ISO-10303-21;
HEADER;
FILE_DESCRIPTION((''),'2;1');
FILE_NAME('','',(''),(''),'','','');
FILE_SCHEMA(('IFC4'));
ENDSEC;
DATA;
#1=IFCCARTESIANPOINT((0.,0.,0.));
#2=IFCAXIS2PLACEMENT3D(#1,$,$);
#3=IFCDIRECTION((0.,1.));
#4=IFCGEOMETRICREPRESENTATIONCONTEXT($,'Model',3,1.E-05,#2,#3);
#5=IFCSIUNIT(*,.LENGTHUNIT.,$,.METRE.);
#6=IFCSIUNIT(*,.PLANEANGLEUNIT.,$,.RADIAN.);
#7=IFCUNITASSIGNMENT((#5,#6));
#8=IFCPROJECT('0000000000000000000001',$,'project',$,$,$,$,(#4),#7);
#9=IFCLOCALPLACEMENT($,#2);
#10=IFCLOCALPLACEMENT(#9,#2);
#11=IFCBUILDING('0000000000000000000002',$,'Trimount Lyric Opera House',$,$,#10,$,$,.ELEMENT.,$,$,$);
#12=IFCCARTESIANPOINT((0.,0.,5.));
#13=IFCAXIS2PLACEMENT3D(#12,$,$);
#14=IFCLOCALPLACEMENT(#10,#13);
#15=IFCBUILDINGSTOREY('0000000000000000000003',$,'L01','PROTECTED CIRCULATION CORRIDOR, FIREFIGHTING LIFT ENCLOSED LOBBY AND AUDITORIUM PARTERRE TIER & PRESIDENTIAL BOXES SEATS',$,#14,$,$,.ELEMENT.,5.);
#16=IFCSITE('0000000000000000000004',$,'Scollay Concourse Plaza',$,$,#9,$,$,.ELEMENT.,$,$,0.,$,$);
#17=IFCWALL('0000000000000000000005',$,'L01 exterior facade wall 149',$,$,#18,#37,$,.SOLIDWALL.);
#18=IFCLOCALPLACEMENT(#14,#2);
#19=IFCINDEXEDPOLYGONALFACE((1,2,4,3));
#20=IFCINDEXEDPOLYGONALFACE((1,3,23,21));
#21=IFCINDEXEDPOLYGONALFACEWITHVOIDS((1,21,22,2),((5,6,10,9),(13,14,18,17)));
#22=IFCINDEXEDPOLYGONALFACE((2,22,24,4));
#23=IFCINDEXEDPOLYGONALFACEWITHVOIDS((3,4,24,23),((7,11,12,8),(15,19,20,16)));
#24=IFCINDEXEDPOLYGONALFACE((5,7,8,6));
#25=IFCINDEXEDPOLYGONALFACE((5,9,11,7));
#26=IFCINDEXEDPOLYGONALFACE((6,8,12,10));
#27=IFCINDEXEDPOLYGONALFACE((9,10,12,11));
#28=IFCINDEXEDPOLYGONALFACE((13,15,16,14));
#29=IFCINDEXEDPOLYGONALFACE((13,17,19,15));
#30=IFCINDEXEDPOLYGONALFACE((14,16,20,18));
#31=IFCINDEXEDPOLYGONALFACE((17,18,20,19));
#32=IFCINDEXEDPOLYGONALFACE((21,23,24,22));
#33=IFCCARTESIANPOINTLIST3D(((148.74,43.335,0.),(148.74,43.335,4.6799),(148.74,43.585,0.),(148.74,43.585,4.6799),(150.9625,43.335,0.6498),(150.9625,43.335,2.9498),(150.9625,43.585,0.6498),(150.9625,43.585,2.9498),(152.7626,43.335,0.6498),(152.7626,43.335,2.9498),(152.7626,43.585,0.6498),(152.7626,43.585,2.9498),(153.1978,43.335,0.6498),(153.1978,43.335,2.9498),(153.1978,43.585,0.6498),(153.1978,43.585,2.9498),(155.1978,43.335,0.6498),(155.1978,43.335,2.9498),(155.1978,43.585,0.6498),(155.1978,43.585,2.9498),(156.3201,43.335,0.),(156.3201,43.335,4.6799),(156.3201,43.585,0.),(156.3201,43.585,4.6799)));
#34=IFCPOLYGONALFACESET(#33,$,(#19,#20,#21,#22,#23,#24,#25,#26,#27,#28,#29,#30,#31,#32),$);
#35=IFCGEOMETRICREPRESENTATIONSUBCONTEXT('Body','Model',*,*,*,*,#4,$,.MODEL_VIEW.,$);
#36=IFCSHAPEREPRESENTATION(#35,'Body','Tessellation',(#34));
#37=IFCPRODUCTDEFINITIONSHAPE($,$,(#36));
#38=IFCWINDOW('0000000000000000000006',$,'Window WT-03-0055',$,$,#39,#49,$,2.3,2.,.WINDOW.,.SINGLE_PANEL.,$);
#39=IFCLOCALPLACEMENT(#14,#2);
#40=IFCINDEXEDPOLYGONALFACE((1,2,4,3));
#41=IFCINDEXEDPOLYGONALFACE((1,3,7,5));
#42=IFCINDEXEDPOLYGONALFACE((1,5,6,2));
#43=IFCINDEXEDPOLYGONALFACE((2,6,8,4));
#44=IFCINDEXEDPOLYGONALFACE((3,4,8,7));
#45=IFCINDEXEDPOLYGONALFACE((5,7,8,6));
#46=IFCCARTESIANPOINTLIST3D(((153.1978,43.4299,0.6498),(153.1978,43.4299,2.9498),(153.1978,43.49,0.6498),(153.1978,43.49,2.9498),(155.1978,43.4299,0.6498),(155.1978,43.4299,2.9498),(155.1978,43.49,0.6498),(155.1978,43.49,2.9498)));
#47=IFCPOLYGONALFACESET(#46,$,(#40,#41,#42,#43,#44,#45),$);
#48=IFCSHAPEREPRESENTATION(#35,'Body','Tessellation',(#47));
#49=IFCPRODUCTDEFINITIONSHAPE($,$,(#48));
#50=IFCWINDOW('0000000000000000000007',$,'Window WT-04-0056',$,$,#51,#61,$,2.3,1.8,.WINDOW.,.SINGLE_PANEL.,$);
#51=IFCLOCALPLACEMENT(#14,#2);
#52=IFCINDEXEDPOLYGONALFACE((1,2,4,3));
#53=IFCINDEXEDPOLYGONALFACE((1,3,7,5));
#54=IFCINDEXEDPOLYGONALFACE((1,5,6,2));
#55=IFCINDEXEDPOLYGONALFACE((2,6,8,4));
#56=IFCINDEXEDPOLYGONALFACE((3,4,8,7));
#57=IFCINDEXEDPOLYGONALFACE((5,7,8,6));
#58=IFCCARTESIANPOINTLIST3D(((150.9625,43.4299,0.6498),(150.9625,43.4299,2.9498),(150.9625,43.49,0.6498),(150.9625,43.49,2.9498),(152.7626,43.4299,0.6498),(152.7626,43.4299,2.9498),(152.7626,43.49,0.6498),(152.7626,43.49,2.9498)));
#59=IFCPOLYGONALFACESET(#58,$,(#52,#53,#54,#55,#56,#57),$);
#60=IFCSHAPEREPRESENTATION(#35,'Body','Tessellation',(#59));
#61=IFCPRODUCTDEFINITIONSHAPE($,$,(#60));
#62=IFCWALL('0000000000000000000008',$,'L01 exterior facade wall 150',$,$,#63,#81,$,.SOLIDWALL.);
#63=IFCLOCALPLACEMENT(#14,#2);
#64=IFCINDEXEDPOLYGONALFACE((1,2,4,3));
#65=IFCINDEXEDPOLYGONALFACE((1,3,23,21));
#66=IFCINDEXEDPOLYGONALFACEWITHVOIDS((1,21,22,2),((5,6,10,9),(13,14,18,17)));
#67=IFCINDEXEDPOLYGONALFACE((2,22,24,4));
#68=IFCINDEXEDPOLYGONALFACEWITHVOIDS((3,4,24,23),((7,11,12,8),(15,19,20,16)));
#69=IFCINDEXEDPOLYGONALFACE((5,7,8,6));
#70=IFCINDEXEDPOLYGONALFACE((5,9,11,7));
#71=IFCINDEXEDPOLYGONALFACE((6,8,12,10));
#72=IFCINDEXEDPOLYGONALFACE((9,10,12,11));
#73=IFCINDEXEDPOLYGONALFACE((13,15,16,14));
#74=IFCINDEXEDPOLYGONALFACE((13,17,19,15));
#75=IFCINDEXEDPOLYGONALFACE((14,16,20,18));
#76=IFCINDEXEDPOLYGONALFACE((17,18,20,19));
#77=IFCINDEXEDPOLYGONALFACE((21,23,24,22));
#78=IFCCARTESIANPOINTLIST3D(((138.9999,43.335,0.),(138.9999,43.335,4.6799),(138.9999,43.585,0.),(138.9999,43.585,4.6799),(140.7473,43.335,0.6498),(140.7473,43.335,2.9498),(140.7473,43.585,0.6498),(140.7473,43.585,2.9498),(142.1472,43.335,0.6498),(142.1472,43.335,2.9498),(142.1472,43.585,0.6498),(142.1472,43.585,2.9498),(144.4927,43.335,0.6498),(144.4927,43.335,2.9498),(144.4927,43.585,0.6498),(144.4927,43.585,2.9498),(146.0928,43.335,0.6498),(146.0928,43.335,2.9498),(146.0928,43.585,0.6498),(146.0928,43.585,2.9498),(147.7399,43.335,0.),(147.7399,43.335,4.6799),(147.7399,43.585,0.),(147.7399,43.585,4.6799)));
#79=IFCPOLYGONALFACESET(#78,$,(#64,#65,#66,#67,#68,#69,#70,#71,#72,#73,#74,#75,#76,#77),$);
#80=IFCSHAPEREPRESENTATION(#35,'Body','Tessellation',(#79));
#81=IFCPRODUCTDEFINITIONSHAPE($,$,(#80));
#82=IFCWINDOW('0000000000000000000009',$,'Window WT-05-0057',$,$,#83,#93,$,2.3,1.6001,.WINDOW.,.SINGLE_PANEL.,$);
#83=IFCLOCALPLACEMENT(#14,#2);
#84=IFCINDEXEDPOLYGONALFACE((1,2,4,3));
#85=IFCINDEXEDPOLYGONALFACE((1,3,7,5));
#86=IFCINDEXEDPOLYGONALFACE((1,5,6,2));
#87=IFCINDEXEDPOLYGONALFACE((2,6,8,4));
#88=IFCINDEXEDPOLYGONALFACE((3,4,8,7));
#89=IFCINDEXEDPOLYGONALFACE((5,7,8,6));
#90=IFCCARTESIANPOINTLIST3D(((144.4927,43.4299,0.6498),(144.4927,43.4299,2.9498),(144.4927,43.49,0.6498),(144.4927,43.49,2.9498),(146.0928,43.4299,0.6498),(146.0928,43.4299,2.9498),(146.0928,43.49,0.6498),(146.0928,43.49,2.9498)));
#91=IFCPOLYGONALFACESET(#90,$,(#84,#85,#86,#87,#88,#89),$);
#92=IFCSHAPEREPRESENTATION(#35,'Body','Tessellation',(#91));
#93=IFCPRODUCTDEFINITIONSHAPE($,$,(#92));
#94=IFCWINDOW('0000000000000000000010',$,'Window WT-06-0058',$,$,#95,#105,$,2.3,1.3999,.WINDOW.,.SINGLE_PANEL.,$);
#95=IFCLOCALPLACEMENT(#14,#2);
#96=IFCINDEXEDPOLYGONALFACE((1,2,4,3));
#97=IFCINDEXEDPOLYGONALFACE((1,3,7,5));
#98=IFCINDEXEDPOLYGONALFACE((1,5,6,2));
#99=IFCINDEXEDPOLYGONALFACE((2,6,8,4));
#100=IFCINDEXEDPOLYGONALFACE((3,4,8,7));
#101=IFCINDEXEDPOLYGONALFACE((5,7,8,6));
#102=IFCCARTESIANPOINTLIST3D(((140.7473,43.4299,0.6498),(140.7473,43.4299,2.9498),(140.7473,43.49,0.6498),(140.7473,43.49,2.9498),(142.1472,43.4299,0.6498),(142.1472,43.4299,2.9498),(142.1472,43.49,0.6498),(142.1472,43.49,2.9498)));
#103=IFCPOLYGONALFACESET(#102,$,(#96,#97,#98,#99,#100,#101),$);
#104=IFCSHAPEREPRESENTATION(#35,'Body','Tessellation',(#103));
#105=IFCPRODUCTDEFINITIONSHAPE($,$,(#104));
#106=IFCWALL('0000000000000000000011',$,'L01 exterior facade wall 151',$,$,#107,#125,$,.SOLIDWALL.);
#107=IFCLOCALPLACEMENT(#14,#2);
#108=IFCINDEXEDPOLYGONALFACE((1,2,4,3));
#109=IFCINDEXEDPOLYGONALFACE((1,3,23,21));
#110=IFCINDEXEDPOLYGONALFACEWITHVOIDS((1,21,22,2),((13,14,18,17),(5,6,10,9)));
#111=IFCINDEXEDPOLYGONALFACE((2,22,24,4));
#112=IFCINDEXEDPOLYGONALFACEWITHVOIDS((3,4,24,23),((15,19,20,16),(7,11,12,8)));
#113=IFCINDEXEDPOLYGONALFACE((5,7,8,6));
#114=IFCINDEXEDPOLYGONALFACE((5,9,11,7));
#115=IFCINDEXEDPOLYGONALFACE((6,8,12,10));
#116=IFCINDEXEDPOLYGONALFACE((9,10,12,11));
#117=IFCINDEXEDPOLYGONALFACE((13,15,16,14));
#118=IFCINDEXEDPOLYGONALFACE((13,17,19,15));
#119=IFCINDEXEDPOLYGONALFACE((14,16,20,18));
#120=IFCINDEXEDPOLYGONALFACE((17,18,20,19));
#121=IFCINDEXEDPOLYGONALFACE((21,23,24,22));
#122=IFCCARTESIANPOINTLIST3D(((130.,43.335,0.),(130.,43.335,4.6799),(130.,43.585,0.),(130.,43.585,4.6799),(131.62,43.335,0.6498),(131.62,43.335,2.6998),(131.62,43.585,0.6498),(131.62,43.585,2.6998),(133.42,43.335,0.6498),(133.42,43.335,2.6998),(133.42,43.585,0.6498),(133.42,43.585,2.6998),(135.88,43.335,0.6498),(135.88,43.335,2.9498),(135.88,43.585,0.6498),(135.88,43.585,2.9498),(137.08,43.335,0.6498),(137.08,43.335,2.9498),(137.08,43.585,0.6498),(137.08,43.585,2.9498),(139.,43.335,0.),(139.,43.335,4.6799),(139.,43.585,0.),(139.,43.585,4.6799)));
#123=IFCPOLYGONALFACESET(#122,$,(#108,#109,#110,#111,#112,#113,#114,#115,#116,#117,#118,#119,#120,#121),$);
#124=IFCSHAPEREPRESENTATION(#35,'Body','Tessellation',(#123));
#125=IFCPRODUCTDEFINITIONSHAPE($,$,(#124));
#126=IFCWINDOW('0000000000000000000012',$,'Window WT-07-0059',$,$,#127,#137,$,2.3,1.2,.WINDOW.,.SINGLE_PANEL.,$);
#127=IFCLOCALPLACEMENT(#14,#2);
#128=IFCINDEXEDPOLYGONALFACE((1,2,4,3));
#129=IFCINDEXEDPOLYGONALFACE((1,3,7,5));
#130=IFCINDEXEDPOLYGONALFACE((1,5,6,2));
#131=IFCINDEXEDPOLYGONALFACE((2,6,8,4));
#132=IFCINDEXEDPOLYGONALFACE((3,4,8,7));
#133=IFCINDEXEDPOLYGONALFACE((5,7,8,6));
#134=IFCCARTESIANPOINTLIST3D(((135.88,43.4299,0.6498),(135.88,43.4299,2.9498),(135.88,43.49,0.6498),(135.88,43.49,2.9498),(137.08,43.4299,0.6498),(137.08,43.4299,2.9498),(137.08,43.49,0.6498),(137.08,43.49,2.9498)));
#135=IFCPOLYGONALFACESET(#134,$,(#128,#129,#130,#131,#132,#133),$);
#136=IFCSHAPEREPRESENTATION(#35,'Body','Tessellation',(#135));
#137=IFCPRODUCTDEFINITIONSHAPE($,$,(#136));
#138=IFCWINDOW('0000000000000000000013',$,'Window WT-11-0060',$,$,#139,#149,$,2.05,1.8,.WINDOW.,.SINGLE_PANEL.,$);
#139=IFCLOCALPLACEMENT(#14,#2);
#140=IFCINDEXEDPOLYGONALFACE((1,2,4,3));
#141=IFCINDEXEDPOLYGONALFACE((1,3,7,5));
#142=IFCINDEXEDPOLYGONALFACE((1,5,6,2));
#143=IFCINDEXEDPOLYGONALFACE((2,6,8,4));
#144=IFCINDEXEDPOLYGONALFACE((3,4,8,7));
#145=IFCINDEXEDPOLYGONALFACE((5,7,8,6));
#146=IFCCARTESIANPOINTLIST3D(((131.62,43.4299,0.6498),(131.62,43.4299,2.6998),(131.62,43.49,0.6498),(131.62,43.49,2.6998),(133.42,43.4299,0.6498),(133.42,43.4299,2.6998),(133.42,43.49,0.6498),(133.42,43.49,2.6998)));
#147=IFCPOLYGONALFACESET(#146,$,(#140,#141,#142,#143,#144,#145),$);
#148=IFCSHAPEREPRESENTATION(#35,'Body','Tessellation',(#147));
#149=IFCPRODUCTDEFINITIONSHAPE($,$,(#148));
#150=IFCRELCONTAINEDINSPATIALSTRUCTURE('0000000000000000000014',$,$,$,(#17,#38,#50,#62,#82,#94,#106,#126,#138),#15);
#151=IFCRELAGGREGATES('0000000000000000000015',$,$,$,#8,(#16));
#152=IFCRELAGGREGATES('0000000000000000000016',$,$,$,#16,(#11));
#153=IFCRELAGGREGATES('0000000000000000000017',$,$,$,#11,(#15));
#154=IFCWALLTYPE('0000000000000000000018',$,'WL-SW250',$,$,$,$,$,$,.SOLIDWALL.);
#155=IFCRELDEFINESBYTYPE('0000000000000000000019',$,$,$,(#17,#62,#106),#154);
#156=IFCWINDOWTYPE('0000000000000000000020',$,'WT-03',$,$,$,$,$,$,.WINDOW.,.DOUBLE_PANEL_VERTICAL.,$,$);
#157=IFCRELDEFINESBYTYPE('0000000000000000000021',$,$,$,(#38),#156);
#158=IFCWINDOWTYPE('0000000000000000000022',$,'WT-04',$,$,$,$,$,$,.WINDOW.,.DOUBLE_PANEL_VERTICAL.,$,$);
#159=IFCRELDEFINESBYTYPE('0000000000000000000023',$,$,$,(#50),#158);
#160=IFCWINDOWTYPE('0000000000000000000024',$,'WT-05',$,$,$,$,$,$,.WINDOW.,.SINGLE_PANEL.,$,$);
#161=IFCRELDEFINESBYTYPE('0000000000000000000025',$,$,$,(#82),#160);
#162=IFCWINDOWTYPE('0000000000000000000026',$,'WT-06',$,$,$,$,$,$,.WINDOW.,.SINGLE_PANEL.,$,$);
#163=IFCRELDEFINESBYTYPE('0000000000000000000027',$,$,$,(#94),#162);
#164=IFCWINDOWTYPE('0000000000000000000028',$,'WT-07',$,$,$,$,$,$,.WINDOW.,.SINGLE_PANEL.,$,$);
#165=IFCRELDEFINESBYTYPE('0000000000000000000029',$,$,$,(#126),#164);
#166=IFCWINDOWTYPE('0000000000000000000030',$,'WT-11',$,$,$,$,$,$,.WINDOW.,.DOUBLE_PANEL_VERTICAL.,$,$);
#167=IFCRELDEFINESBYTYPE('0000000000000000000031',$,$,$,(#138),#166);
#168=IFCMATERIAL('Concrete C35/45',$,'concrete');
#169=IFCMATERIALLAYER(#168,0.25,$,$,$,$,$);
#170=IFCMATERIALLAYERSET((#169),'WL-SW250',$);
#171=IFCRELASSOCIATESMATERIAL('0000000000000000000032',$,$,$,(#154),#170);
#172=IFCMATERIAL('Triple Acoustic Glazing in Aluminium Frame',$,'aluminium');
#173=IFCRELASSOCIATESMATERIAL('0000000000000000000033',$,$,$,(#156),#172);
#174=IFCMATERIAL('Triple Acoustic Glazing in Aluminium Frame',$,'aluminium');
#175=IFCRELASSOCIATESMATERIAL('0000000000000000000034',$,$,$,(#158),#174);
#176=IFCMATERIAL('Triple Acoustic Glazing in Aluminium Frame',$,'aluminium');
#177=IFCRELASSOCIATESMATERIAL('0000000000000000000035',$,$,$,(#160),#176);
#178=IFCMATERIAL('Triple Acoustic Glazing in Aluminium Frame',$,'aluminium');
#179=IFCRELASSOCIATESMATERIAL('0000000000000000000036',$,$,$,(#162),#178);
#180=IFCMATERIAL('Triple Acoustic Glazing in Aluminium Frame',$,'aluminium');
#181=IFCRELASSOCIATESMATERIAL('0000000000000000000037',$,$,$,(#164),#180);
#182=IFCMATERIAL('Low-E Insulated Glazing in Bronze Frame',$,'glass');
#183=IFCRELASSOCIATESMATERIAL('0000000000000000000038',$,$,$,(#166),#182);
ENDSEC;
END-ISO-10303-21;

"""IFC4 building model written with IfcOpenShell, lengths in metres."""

from ifc_helpers import new_model, si_unit, direction, frame, frame_2d, origin, place, context, subcontext, project, spatial, rectangle, extrude, material, layer, layer_set, type_object, element, fill, save


model = new_model("IFC4")

# Units and contexts
model_context = context("Model", 3, precision=1e-05, world=origin(), true_north=direction((0.0, 1.0)))
body_context = subcontext(model_context, "Body", "Model", "MODEL_VIEW")
ifc_project = project(units=[si_unit("LENGTHUNIT", "METRE"), si_unit("PLANEANGLEUNIT", "RADIAN")], contexts=[model_context])

# Site, building, storey
site_placement = place(None, origin())
site = spatial("IfcSite", under=ifc_project, at=site_placement, Name="Scollay Concourse Plaza", CompositionType="ELEMENT", RefElevation=0.0)
building_placement = place(site_placement, origin())
building = spatial("IfcBuilding", under=site, at=building_placement, Name="Trimount Lyric Opera House", CompositionType="ELEMENT")
storey_placement = place(building_placement, frame((0.0, 0.0, 5.0)))
storey = spatial("IfcBuildingStorey", under=building, at=storey_placement, Name="L01", Description="PROTECTED CIRCULATION CORRIDOR, FIREFIGHTING LIFT ENCLOSED LOBBY AND AUDITORIUM PARTERRE TIER & PRESIDENTIAL BOXES SEATS", CompositionType="ELEMENT", Elevation=5.0)

# Walls, openings, windows
ifc_material_1 = material(Name="Concrete C35/45", Category="concrete")
ifc_layer_1 = layer(ifc_material_1, 0.25)
ifc_layer_set_1 = layer_set([ifc_layer_1], Name="WL-SW250")
wall_type = type_object("IfcWallType", Name="WL-SW250", PredefinedType="SOLIDWALL", material=ifc_layer_set_1)
wall_1_placement = place(storey_placement, frame((156.3201, 43.46, 0.0), z_axis=(0.0, 0.0, 1.0), x_axis=(-1.0, 0.0, 0.0)))
wall_1 = element("IfcWall", 1, at=wall_1_placement, inside=storey, type_object=wall_type, Name="L01 exterior facade wall 149", PredefinedType="SOLIDWALL", context=body_context, shape_type="SweptSolid", body=[
    extrude(rectangle(XDim=7.5801, YDim=0.25, at=frame_2d((3.79, 0.0))), origin(), (0.0, 0.0, 1.0), 4.6799),
])
opening_1_placement = place(wall_1_placement, frame((1.1223, 0.0, 0.6499)))
opening_1 = element("IfcOpeningElement", 2, at=opening_1_placement, cuts=wall_1, PredefinedType="OPENING", context=body_context, shape_type="SweptSolid", body=[
    extrude(rectangle(XDim=2.0, YDim=2.3, at=frame_2d((1.0, 1.1499))), frame((0.0, 0.135, 0.0), z_axis=(0.0, -1.0, 0.0), x_axis=(1.0, 0.0, 0.0)), (0.0, 0.0, 1.0), 0.27),
])
opening_2_placement = place(wall_1_placement, frame((3.5576, 0.0, 0.6499)))
opening_2 = element("IfcOpeningElement", 3, at=opening_2_placement, cuts=wall_1, PredefinedType="OPENING", context=body_context, shape_type="SweptSolid", body=[
    extrude(rectangle(XDim=1.8, YDim=2.3, at=frame_2d((0.8999, 1.1499))), frame((0.0, 0.135, 0.0), z_axis=(0.0, -1.0, 0.0), x_axis=(1.0, 0.0, 0.0)), (0.0, 0.0, 1.0), 0.27),
])
ifc_material_2 = material(Name="Triple Acoustic Glazing in Aluminium Frame", Category="aluminium")
window_type_1 = type_object("IfcWindowType", Name="WT-03", PartitioningType="DOUBLE_PANEL_VERTICAL", PredefinedType="WINDOW", material=ifc_material_2)
window_1_placement = place(opening_1_placement, origin())
window_1 = element("IfcWindow", 4, at=window_1_placement, inside=storey, type_object=window_type_1, Name="Window WT-03-0055", OverallHeight=2.3, OverallWidth=2.0, PartitioningType="SINGLE_PANEL", PredefinedType="WINDOW", context=body_context, shape_type="SweptSolid", body=[
    extrude(rectangle(XDim=2.0, YDim=2.3, at=frame_2d((1.0, 1.1499))), frame((0.0, 0.03, 0.0), z_axis=(0.0, -1.0, 0.0), x_axis=(1.0, 0.0, 0.0)), (0.0, 0.0, 1.0), 0.0601),
])
fill(opening_1, window_1)
ifc_material_3 = material(Name="Triple Acoustic Glazing in Aluminium Frame", Category="aluminium")
window_type_2 = type_object("IfcWindowType", Name="WT-04", PartitioningType="DOUBLE_PANEL_VERTICAL", PredefinedType="WINDOW", material=ifc_material_3)
window_2_placement = place(opening_2_placement, origin())
window_2 = element("IfcWindow", 5, at=window_2_placement, inside=storey, type_object=window_type_2, Name="Window WT-04-0056", OverallHeight=2.3, OverallWidth=1.8, PartitioningType="SINGLE_PANEL", PredefinedType="WINDOW", context=body_context, shape_type="SweptSolid", body=[
    extrude(rectangle(XDim=1.8, YDim=2.3, at=frame_2d((0.8999, 1.1499))), frame((0.0, 0.03, 0.0), z_axis=(0.0, -1.0, 0.0), x_axis=(1.0, 0.0, 0.0)), (0.0, 0.0, 1.0), 0.0601),
])
fill(opening_2, window_2)
wall_2_placement = place(storey_placement, frame((147.74, 43.46, 0.0), z_axis=(0.0, 0.0, 1.0), x_axis=(-1.0, 0.0, 0.0)))
wall_2 = element("IfcWall", 6, at=wall_2_placement, inside=storey, type_object=wall_type, Name="L01 exterior facade wall 150", PredefinedType="SOLIDWALL", context=body_context, shape_type="SweptSolid", body=[
    extrude(rectangle(XDim=8.74, YDim=0.25, at=frame_2d((4.3701, 0.0))), origin(), (0.0, 0.0, 1.0), 4.6799),
])
opening_3_placement = place(wall_2_placement, frame((1.6472, 0.0, 0.6499)))
opening_3 = element("IfcOpeningElement", 7, at=opening_3_placement, cuts=wall_2, PredefinedType="OPENING", context=body_context, shape_type="SweptSolid", body=[
    extrude(rectangle(XDim=1.6001, YDim=2.3, at=frame_2d((0.8, 1.1499))), frame((0.0, 0.135, 0.0), z_axis=(0.0, -1.0, 0.0), x_axis=(1.0, 0.0, 0.0)), (0.0, 0.0, 1.0), 0.27),
])
opening_4_placement = place(wall_2_placement, frame((5.5928, 0.0, 0.6499)))
opening_4 = element("IfcOpeningElement", 8, at=opening_4_placement, cuts=wall_2, PredefinedType="OPENING", context=body_context, shape_type="SweptSolid", body=[
    extrude(rectangle(XDim=1.3999, YDim=2.3, at=frame_2d((0.7, 1.1499))), frame((0.0, 0.135, 0.0), z_axis=(0.0, -1.0, 0.0), x_axis=(1.0, 0.0, 0.0)), (0.0, 0.0, 1.0), 0.27),
])
ifc_material_4 = material(Name="Triple Acoustic Glazing in Aluminium Frame", Category="aluminium")
window_type_3 = type_object("IfcWindowType", Name="WT-05", PartitioningType="SINGLE_PANEL", PredefinedType="WINDOW", material=ifc_material_4)
window_3_placement = place(opening_3_placement, origin())
window_3 = element("IfcWindow", 9, at=window_3_placement, inside=storey, type_object=window_type_3, Name="Window WT-05-0057", OverallHeight=2.3, OverallWidth=1.6001, PartitioningType="SINGLE_PANEL", PredefinedType="WINDOW", context=body_context, shape_type="SweptSolid", body=[
    extrude(rectangle(XDim=1.6001, YDim=2.3, at=frame_2d((0.8, 1.1499))), frame((0.0, 0.03, 0.0), z_axis=(0.0, -1.0, 0.0), x_axis=(1.0, 0.0, 0.0)), (0.0, 0.0, 1.0), 0.0601),
])
fill(opening_3, window_3)
ifc_material_5 = material(Name="Triple Acoustic Glazing in Aluminium Frame", Category="aluminium")
window_type_4 = type_object("IfcWindowType", Name="WT-06", PartitioningType="SINGLE_PANEL", PredefinedType="WINDOW", material=ifc_material_5)
window_4_placement = place(opening_4_placement, origin())
window_4 = element("IfcWindow", 10, at=window_4_placement, inside=storey, type_object=window_type_4, Name="Window WT-06-0058", OverallHeight=2.3, OverallWidth=1.3999, PartitioningType="SINGLE_PANEL", PredefinedType="WINDOW", context=body_context, shape_type="SweptSolid", body=[
    extrude(rectangle(XDim=1.3999, YDim=2.3, at=frame_2d((0.7, 1.1499))), frame((0.0, 0.03, 0.0), z_axis=(0.0, -1.0, 0.0), x_axis=(1.0, 0.0, 0.0)), (0.0, 0.0, 1.0), 0.0601),
])
fill(opening_4, window_4)
wall_3_placement = place(storey_placement, frame((139.0, 43.46, 0.0), z_axis=(0.0, 0.0, 1.0), x_axis=(-1.0, 0.0, 0.0)))
wall_3 = element("IfcWall", 11, at=wall_3_placement, inside=storey, type_object=wall_type, Name="L01 exterior facade wall 151", PredefinedType="SOLIDWALL", context=body_context, shape_type="SweptSolid", body=[
    extrude(rectangle(XDim=9.0, YDim=0.25, at=frame_2d((4.5, 0.0))), origin(), (0.0, 0.0, 1.0), 4.6799),
])
opening_5_placement = place(wall_3_placement, frame((1.9199, 0.0, 0.6499)))
opening_5 = element("IfcOpeningElement", 12, at=opening_5_placement, cuts=wall_3, PredefinedType="OPENING", context=body_context, shape_type="SweptSolid", body=[
    extrude(rectangle(XDim=1.2, YDim=2.3, at=frame_2d((0.6001, 1.1499))), frame((0.0, 0.135, 0.0), z_axis=(0.0, -1.0, 0.0), x_axis=(1.0, 0.0, 0.0)), (0.0, 0.0, 1.0), 0.27),
])
opening_6_placement = place(wall_3_placement, frame((5.5801, 0.0, 0.6499)))
opening_6 = element("IfcOpeningElement", 13, at=opening_6_placement, cuts=wall_3, PredefinedType="OPENING", context=body_context, shape_type="SweptSolid", body=[
    extrude(rectangle(XDim=1.8, YDim=2.05, at=frame_2d((0.8999, 1.0249))), frame((0.0, 0.135, 0.0), z_axis=(0.0, -1.0, 0.0), x_axis=(1.0, 0.0, 0.0)), (0.0, 0.0, 1.0), 0.27),
])
ifc_material_6 = material(Name="Triple Acoustic Glazing in Aluminium Frame", Category="aluminium")
window_type_5 = type_object("IfcWindowType", Name="WT-07", PartitioningType="SINGLE_PANEL", PredefinedType="WINDOW", material=ifc_material_6)
window_5_placement = place(opening_5_placement, origin())
window_5 = element("IfcWindow", 14, at=window_5_placement, inside=storey, type_object=window_type_5, Name="Window WT-07-0059", OverallHeight=2.3, OverallWidth=1.2, PartitioningType="SINGLE_PANEL", PredefinedType="WINDOW", context=body_context, shape_type="SweptSolid", body=[
    extrude(rectangle(XDim=1.2, YDim=2.3, at=frame_2d((0.6001, 1.1499))), frame((0.0, 0.03, 0.0), z_axis=(0.0, -1.0, 0.0), x_axis=(1.0, 0.0, 0.0)), (0.0, 0.0, 1.0), 0.0601),
])
fill(opening_5, window_5)
ifc_material_7 = material(Name="Low-E Insulated Glazing in Bronze Frame", Category="glass")
window_type_6 = type_object("IfcWindowType", Name="WT-11", PartitioningType="DOUBLE_PANEL_VERTICAL", PredefinedType="WINDOW", material=ifc_material_7)
window_6_placement = place(opening_6_placement, origin())
window_6 = element("IfcWindow", 15, at=window_6_placement, inside=storey, type_object=window_type_6, Name="Window WT-11-0060", OverallHeight=2.05, OverallWidth=1.8, PartitioningType="SINGLE_PANEL", PredefinedType="WINDOW", context=body_context, shape_type="SweptSolid", body=[
    extrude(rectangle(XDim=1.8, YDim=2.05, at=frame_2d((0.8999, 1.0249))), frame((0.0, 0.03, 0.0), z_axis=(0.0, -1.0, 0.0), x_axis=(1.0, 0.0, 0.0)), (0.0, 0.0, 1.0), 0.0601),
])
fill(opening_6, window_6)

save(model, "model.ifc")
